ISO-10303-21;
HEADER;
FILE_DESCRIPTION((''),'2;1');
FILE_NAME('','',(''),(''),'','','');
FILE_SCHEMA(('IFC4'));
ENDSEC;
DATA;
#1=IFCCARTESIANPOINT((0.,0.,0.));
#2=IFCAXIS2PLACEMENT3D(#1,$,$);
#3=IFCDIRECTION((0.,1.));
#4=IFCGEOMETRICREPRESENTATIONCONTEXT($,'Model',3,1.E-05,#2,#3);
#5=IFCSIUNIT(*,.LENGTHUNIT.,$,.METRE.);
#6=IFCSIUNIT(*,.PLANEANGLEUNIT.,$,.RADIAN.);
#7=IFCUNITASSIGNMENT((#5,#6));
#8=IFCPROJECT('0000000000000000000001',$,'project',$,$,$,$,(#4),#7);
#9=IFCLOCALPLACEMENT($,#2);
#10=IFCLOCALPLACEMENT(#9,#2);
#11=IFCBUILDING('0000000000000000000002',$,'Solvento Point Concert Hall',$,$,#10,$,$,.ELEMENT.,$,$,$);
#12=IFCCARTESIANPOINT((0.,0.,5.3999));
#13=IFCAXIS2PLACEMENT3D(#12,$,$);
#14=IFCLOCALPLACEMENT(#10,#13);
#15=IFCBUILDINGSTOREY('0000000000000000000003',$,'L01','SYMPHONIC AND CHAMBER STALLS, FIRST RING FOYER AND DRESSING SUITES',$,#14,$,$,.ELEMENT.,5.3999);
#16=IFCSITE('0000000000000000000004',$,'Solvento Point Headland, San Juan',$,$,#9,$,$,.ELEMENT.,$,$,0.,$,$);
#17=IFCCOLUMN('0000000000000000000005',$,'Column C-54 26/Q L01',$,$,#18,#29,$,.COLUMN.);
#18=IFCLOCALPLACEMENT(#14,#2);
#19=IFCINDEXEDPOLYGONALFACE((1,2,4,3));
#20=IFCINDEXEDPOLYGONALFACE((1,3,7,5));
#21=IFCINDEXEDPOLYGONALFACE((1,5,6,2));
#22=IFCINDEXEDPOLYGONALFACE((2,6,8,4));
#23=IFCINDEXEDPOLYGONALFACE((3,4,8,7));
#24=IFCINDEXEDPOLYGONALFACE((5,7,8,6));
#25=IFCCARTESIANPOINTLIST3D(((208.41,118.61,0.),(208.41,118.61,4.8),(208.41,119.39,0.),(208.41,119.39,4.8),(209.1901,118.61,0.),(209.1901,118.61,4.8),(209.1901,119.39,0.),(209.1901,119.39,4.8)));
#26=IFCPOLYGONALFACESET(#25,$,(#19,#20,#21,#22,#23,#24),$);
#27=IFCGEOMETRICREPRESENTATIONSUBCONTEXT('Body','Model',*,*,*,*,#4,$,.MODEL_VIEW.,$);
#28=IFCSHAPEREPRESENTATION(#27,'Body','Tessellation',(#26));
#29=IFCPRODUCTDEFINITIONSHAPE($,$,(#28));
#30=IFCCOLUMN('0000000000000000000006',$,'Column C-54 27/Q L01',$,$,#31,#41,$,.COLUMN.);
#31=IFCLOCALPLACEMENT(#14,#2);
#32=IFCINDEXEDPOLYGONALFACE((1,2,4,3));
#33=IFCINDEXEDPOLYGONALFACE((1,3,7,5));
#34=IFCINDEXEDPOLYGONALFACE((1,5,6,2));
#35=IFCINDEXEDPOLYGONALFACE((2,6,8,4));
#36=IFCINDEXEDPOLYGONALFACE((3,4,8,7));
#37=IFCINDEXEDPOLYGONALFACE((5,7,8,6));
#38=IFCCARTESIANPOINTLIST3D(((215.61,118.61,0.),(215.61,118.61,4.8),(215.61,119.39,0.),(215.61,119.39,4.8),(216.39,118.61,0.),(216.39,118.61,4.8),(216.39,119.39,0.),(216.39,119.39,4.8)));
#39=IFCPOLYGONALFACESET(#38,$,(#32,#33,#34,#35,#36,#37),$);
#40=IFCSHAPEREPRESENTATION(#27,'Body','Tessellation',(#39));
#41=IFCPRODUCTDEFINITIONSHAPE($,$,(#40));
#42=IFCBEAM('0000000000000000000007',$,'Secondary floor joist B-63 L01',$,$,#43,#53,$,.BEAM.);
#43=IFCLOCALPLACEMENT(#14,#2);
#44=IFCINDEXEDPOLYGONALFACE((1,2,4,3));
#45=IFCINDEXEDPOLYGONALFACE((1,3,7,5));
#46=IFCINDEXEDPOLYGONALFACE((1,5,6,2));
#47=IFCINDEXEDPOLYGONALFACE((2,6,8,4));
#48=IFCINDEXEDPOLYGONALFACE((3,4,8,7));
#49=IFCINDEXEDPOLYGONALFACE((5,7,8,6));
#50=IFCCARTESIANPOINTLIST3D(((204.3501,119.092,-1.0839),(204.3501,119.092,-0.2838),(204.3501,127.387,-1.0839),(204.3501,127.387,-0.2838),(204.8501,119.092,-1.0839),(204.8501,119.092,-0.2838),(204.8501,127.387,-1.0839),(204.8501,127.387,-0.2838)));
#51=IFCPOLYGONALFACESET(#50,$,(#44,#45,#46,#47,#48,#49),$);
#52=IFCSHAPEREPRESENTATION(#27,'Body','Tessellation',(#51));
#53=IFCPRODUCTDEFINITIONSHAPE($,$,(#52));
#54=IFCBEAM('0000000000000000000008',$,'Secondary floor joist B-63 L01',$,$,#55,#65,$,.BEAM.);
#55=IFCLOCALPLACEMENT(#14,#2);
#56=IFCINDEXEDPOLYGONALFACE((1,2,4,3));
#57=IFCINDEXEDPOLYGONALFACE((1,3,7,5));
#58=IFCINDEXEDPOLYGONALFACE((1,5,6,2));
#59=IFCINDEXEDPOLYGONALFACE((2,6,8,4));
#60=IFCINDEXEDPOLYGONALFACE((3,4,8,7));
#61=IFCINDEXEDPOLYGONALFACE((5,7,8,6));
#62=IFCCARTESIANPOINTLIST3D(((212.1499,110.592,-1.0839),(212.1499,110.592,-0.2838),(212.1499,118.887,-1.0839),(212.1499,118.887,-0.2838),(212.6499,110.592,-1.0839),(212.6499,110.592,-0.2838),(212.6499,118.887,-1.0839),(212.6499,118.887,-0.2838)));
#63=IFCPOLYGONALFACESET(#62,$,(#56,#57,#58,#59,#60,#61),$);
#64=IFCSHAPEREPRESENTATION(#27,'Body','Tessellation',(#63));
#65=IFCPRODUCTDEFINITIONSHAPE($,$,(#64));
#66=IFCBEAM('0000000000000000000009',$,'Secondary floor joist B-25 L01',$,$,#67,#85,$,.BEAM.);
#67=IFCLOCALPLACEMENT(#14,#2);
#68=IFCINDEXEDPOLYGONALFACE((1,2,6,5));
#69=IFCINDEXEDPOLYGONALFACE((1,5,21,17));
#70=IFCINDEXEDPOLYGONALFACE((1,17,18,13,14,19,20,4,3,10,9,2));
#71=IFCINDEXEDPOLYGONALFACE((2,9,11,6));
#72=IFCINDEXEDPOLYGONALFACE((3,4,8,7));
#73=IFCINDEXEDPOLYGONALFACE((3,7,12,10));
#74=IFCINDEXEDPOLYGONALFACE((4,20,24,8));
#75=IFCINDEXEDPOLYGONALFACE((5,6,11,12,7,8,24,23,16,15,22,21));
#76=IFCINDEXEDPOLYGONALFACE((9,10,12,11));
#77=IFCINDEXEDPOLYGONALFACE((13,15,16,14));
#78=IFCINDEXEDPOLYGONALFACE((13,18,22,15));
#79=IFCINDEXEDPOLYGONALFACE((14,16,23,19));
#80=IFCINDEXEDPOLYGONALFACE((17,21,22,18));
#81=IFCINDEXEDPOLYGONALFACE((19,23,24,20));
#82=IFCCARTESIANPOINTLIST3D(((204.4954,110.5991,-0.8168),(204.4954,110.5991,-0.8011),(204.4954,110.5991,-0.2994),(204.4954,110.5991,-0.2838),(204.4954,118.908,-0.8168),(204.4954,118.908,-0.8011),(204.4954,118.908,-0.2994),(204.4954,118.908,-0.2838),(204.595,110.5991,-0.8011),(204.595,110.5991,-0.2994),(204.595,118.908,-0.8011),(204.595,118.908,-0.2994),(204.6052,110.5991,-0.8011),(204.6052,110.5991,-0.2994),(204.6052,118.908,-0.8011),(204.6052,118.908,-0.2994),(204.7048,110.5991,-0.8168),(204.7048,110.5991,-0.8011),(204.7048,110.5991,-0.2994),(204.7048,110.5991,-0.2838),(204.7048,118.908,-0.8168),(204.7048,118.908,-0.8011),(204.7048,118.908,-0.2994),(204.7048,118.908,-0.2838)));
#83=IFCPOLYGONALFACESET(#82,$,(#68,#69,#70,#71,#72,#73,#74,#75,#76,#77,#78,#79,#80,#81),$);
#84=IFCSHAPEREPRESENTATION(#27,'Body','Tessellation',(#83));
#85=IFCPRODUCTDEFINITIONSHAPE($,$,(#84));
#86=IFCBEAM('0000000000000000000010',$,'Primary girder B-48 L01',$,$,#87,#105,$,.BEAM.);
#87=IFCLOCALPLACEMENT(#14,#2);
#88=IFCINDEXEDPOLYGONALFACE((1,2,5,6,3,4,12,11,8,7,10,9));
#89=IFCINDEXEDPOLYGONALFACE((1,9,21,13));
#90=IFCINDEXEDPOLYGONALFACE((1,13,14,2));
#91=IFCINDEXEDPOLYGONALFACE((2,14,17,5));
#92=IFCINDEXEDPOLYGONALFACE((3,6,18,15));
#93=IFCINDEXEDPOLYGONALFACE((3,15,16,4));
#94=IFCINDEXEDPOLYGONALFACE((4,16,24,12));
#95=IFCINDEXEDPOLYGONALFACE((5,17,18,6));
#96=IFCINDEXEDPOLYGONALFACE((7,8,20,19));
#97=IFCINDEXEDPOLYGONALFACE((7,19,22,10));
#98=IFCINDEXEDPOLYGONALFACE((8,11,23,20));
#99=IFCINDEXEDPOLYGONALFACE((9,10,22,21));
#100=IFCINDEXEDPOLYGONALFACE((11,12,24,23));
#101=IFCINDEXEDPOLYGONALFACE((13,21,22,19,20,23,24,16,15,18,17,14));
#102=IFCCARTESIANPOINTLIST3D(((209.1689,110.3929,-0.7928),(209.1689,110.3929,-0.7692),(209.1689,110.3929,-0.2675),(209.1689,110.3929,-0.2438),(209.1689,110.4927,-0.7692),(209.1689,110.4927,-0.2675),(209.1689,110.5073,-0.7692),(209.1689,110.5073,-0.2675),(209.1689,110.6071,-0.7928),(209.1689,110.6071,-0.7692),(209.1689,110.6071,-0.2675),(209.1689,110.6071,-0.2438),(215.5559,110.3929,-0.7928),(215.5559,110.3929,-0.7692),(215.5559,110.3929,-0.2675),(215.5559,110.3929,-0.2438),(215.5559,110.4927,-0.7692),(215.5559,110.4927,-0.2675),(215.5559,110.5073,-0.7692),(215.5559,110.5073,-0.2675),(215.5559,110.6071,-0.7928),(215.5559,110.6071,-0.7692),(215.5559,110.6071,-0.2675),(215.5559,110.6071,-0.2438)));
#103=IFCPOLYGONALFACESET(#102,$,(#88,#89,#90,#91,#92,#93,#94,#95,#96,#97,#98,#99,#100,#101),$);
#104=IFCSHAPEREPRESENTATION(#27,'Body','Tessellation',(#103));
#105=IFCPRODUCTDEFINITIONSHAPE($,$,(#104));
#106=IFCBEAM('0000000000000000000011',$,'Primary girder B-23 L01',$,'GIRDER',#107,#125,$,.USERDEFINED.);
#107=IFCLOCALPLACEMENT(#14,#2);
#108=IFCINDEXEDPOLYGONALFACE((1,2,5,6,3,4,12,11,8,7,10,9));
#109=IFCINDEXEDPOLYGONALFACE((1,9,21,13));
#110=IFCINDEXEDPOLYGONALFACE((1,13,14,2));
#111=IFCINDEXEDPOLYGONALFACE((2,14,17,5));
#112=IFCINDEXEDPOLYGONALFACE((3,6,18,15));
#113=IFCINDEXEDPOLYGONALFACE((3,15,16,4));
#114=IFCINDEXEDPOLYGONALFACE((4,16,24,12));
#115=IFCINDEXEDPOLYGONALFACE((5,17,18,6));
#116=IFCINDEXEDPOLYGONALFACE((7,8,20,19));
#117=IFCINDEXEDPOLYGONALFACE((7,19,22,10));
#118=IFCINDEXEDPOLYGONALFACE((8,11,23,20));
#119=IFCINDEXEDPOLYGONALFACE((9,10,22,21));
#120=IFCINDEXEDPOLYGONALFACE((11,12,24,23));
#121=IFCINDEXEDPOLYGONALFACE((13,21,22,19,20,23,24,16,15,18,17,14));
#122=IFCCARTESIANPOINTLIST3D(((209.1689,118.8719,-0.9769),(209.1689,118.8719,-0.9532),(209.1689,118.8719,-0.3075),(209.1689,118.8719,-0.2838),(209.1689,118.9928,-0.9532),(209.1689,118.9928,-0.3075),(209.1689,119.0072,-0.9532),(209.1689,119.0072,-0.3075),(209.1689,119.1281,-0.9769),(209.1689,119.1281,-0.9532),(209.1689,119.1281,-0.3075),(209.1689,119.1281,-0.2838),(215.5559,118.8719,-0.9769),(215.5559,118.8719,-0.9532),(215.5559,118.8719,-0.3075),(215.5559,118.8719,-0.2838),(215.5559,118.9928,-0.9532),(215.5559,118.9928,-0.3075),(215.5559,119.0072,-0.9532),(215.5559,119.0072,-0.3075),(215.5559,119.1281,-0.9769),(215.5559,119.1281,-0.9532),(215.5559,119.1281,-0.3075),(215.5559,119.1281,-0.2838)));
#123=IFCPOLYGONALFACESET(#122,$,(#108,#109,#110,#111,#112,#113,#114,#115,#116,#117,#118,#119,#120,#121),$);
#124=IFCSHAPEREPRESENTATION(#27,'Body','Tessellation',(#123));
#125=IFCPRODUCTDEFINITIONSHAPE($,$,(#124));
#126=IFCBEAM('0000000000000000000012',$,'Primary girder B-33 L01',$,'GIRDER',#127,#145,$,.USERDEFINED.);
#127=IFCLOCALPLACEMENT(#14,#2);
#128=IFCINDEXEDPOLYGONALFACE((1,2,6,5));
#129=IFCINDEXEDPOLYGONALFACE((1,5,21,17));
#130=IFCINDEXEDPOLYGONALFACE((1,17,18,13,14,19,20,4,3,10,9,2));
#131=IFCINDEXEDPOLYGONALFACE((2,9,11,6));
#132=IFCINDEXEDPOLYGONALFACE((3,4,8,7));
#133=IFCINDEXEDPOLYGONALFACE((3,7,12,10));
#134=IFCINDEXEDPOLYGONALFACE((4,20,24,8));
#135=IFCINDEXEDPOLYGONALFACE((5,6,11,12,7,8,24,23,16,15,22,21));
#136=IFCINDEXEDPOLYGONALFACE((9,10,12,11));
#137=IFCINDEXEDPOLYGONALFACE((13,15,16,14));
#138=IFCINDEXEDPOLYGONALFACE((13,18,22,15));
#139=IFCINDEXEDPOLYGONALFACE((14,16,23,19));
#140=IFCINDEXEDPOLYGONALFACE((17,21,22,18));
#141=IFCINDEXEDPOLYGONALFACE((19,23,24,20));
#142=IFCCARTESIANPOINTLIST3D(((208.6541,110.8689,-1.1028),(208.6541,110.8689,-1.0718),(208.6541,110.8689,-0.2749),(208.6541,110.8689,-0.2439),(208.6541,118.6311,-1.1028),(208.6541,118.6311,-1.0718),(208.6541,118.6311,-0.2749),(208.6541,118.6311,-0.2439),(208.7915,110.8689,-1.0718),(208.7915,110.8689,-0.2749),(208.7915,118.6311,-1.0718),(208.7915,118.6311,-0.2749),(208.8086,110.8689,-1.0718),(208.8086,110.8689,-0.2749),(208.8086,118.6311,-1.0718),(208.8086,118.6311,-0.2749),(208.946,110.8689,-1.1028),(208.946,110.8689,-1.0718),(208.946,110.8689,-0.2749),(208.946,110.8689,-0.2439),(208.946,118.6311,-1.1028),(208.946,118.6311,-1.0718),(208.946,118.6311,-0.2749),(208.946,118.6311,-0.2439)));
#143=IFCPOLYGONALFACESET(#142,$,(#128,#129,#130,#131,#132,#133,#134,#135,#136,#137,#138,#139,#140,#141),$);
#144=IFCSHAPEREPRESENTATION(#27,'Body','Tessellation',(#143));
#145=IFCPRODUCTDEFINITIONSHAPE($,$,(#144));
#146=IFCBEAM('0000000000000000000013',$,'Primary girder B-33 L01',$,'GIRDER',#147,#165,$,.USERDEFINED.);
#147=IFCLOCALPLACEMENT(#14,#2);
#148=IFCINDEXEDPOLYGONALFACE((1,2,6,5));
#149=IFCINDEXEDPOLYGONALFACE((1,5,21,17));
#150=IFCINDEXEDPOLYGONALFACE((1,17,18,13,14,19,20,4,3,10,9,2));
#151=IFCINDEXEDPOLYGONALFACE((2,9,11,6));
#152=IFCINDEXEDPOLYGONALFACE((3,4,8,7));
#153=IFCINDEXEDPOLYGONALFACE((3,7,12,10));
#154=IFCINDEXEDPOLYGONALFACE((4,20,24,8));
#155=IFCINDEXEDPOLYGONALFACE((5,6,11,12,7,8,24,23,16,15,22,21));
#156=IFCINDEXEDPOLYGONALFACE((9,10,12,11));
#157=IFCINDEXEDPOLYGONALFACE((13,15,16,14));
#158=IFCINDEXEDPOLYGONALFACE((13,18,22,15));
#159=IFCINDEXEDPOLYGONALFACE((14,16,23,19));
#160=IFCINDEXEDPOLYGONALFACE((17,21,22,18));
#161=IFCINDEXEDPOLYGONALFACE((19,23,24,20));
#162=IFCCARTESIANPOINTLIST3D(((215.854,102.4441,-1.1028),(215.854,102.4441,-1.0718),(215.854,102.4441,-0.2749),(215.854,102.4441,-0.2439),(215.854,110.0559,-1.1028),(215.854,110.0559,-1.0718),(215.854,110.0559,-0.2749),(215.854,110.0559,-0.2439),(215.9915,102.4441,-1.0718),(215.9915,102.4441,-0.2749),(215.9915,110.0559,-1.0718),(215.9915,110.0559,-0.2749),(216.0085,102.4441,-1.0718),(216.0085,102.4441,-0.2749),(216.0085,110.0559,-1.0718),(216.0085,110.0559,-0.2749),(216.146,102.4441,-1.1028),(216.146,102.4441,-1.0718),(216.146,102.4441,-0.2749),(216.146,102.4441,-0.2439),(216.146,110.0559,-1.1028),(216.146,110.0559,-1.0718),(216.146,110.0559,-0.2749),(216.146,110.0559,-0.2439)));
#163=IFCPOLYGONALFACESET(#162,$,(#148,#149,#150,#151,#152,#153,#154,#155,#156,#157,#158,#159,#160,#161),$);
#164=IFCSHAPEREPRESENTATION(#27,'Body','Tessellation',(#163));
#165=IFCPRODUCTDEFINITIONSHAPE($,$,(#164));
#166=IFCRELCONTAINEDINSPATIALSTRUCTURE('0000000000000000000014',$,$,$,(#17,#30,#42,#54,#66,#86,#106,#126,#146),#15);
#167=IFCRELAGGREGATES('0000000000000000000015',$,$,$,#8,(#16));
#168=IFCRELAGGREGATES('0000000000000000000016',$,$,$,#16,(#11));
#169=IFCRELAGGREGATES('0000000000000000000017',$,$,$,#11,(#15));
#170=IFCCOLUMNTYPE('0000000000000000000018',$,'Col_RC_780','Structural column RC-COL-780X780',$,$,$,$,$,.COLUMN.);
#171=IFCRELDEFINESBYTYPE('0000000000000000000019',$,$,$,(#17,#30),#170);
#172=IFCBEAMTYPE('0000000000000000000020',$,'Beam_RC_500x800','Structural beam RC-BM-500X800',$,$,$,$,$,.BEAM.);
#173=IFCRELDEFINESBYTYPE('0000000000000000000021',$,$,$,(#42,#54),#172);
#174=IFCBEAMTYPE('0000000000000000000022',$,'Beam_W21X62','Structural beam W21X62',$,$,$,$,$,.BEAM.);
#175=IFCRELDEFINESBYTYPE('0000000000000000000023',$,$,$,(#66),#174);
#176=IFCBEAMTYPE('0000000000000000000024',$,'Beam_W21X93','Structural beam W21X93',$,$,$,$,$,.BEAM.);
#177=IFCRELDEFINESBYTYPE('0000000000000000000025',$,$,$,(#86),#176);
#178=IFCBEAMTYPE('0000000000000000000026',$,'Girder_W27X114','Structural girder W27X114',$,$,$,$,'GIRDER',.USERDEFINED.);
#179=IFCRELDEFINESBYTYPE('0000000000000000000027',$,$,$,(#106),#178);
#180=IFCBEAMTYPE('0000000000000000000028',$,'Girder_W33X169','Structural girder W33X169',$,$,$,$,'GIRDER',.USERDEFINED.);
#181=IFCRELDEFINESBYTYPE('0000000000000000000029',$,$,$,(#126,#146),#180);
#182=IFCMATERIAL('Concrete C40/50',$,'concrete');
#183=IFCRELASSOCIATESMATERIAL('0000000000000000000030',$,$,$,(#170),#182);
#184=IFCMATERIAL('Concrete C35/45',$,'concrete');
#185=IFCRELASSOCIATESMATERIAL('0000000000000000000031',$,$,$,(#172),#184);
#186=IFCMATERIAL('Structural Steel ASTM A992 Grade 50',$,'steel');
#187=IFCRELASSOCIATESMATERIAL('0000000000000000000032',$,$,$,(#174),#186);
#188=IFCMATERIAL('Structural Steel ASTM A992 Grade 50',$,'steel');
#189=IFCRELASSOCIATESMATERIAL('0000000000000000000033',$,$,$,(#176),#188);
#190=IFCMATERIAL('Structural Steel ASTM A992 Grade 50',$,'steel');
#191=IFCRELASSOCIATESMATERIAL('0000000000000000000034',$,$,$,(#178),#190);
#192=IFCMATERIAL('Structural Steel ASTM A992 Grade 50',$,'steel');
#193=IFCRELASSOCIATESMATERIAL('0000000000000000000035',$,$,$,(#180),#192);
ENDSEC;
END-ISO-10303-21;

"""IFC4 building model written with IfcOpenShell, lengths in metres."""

from ifc_helpers import new_model, si_unit, direction, frame, origin, origin_2d, place, context, subcontext, project, spatial, rectangle, i_section, extrude, material, material_profile, profile_set, type_object, element, save


model = new_model("IFC4")

# Units and contexts
model_context = context("Model", 3, precision=1e-05, world=origin(), true_north=direction((0.0, 1.0)))
body_context = subcontext(model_context, "Body", "Model", "MODEL_VIEW")
ifc_project = project(units=[si_unit("LENGTHUNIT", "METRE"), si_unit("PLANEANGLEUNIT", "RADIAN")], contexts=[model_context])

# Site, building, storey
site_placement = place(None, origin())
site = spatial("IfcSite", under=ifc_project, at=site_placement, Name="Solvento Point Headland, San Juan", CompositionType="ELEMENT", RefElevation=0.0)
building_placement = place(site_placement, origin())
building = spatial("IfcBuilding", under=site, at=building_placement, Name="Solvento Point Concert Hall", CompositionType="ELEMENT")
storey_placement = place(building_placement, frame((0.0, 0.0, 5.3999)))
storey = spatial("IfcBuildingStorey", under=building, at=storey_placement, Name="L01", Description="SYMPHONIC AND CHAMBER STALLS, FIRST RING FOYER AND DRESSING SUITES", CompositionType="ELEMENT", Elevation=5.3999)

# Columns
ifc_material_1 = material(Name="Concrete C40/50", Category="concrete")
ifc_material_profile_1 = material_profile(ifc_material_1, rectangle(XDim=0.78, YDim=0.78, at=origin_2d()), Name="RC-COL-780X780")
ifc_profile_set_1 = profile_set([ifc_material_profile_1], Name="Concrete C40/50")
column_type = type_object("IfcColumnType", Name="Col_RC_780", Description="Structural column RC-COL-780X780", PredefinedType="COLUMN", material=ifc_profile_set_1)
for number, where, z_axis, x_axis, name in (
    (1, (208.8, 119.0, 0.0), (0.0, 0.0, 1.0), (1.0, 0.0, 0.0), "Column C-54 26/Q L01"),
    (2, (216.0, 119.0, 0.0), (0.0, 0.0, 1.0), (1.0, 0.0, 0.0), "Column C-54 27/Q L01"),
):
    element("IfcColumn", number, at=place(storey_placement, frame(where, z_axis=z_axis, x_axis=x_axis)), inside=storey, type_object=column_type, Name=name, PredefinedType="COLUMN", context=body_context, shape_type="SweptSolid", body=[
        extrude(rectangle(XDim=0.78, YDim=0.78, at=origin_2d()), origin(), (0.0, 0.0, 1.0), 4.8),
    ])

# Beams
ifc_material_2 = material(Name="Concrete C35/45", Category="concrete")
ifc_material_profile_2 = material_profile(ifc_material_2, rectangle(XDim=0.5, YDim=0.8, at=origin_2d()), Name="RC-BM-500X800")
ifc_profile_set_2 = profile_set([ifc_material_profile_2], Name="Concrete C35/45")
beam_type_1 = type_object("IfcBeamType", Name="Beam_RC_500x800", Description="Structural beam RC-BM-500X800", PredefinedType="BEAM", material=ifc_profile_set_2)
for number, where, z_axis, x_axis, name in (
    (3, (204.6001, 119.092, -0.6838), (0.0, 1.0, 0.0), (-1.0, 0.0, 0.0), "Secondary floor joist B-63 L01"),
    (4, (212.3999, 110.592, -0.6838), (0.0, 1.0, 0.0), (-1.0, 0.0, 0.0), "Secondary floor joist B-63 L01"),
):
    element("IfcBeam", number, at=place(storey_placement, frame(where, z_axis=z_axis, x_axis=x_axis)), inside=storey, type_object=beam_type_1, Name=name, PredefinedType="BEAM", context=body_context, shape_type="SweptSolid", body=[
        extrude(rectangle(XDim=0.5, YDim=0.8, at=origin_2d()), origin(), (0.0, 0.0, 1.0), 8.2949),
    ])
ifc_material_3 = material(Name="Structural Steel ASTM A992 Grade 50", Category="steel")
ifc_material_profile_3 = material_profile(ifc_material_3, i_section(OverallWidth=0.2095, OverallDepth=0.533, WebThickness=0.0103, FlangeThickness=0.0156, at=origin_2d()), Name="W21X62")
ifc_profile_set_3 = profile_set([ifc_material_profile_3], Name="Structural Steel ASTM A992 Grade 50")
beam_type_2 = type_object("IfcBeamType", Name="Beam_W21X62", Description="Structural beam W21X62", PredefinedType="BEAM", material=ifc_profile_set_3)
beam_1_placement = place(storey_placement, frame((204.6001, 110.5991, -0.5503), z_axis=(0.0, 1.0, 0.0), x_axis=(-1.0, 0.0, 0.0)))
element("IfcBeam", 5, at=beam_1_placement, inside=storey, type_object=beam_type_2, Name="Secondary floor joist B-25 L01", PredefinedType="BEAM", context=body_context, shape_type="SweptSolid", body=[
    extrude(i_section(OverallWidth=0.2095, OverallDepth=0.533, WebThickness=0.0103, FlangeThickness=0.0156, at=origin_2d()), origin(), (0.0, 0.0, 1.0), 8.3088),
])
ifc_material_4 = material(Name="Structural Steel ASTM A992 Grade 50", Category="steel")
ifc_material_profile_4 = material_profile(ifc_material_4, i_section(OverallWidth=0.2141, OverallDepth=0.5491, WebThickness=0.0146, FlangeThickness=0.0237, at=origin_2d()), Name="W21X93")
ifc_profile_set_4 = profile_set([ifc_material_profile_4], Name="Structural Steel ASTM A992 Grade 50")
beam_type_3 = type_object("IfcBeamType", Name="Beam_W21X93", Description="Structural beam W21X93", PredefinedType="BEAM", material=ifc_profile_set_4)
beam_2_placement = place(storey_placement, frame((209.1689, 110.5, -0.5183), z_axis=(1.0, 0.0, 0.0), x_axis=(0.0, 1.0, 0.0)))
element("IfcBeam", 6, at=beam_2_placement, inside=storey, type_object=beam_type_3, Name="Primary girder B-48 L01", PredefinedType="BEAM", context=body_context, shape_type="SweptSolid", body=[
    extrude(i_section(OverallWidth=0.2141, OverallDepth=0.5491, WebThickness=0.0146, FlangeThickness=0.0237, at=origin_2d()), origin(), (0.0, 0.0, 1.0), 6.387),
])
ifc_material_5 = material(Name="Structural Steel ASTM A992 Grade 50", Category="steel")
ifc_material_profile_5 = material_profile(ifc_material_5, i_section(OverallWidth=0.2561, OverallDepth=0.6931, WebThickness=0.0144, FlangeThickness=0.0237, at=origin_2d()), Name="W27X114")
ifc_profile_set_5 = profile_set([ifc_material_profile_5], Name="Structural Steel ASTM A992 Grade 50")
beam_type_4 = type_object("IfcBeamType", Name="Girder_W27X114", Description="Structural girder W27X114", ElementType="GIRDER", PredefinedType="USERDEFINED", material=ifc_profile_set_5)
beam_3_placement = place(storey_placement, frame((209.1689, 119.0, -0.6304), z_axis=(1.0, 0.0, 0.0), x_axis=(0.0, 1.0, 0.0)))
element("IfcBeam", 7, at=beam_3_placement, inside=storey, type_object=beam_type_4, Name="Primary girder B-23 L01", ObjectType="GIRDER", PredefinedType="USERDEFINED", context=body_context, shape_type="SweptSolid", body=[
    extrude(i_section(OverallWidth=0.2561, OverallDepth=0.6931, WebThickness=0.0144, FlangeThickness=0.0237, at=origin_2d()), origin(), (0.0, 0.0, 1.0), 6.387),
])
ifc_material_6 = material(Name="Structural Steel ASTM A992 Grade 50", Category="steel")
ifc_material_profile_6 = material_profile(ifc_material_6, i_section(OverallWidth=0.292, OverallDepth=0.8589, WebThickness=0.0171, FlangeThickness=0.031, at=origin_2d()), Name="W33X169")
ifc_profile_set_6 = profile_set([ifc_material_profile_6], Name="Structural Steel ASTM A992 Grade 50")
beam_type_5 = type_object("IfcBeamType", Name="Girder_W33X169", Description="Structural girder W33X169", ElementType="GIRDER", PredefinedType="USERDEFINED", material=ifc_profile_set_6)
beam_4_placement = place(storey_placement, frame((208.8, 110.8689, -0.6733), z_axis=(0.0, 1.0, 0.0), x_axis=(-1.0, 0.0, 0.0)))
element("IfcBeam", 8, at=beam_4_placement, inside=storey, type_object=beam_type_5, Name="Primary girder B-33 L01", ObjectType="GIRDER", PredefinedType="USERDEFINED", context=body_context, shape_type="SweptSolid", body=[
    extrude(i_section(OverallWidth=0.292, OverallDepth=0.8589, WebThickness=0.0171, FlangeThickness=0.031, at=origin_2d()), origin(), (0.0, 0.0, 1.0), 7.7622),
])
beam_5_placement = place(storey_placement, frame((216.0, 102.4441, -0.6733), z_axis=(0.0, 1.0, 0.0), x_axis=(-1.0, 0.0, 0.0)))
element("IfcBeam", 9, at=beam_5_placement, inside=storey, type_object=beam_type_5, Name="Primary girder B-33 L01", ObjectType="GIRDER", PredefinedType="USERDEFINED", context=body_context, shape_type="SweptSolid", body=[
    extrude(i_section(OverallWidth=0.292, OverallDepth=0.8589, WebThickness=0.0171, FlangeThickness=0.031, at=origin_2d()), origin(), (0.0, 0.0, 1.0), 7.6118),
])

save(model, "model.ifc")
